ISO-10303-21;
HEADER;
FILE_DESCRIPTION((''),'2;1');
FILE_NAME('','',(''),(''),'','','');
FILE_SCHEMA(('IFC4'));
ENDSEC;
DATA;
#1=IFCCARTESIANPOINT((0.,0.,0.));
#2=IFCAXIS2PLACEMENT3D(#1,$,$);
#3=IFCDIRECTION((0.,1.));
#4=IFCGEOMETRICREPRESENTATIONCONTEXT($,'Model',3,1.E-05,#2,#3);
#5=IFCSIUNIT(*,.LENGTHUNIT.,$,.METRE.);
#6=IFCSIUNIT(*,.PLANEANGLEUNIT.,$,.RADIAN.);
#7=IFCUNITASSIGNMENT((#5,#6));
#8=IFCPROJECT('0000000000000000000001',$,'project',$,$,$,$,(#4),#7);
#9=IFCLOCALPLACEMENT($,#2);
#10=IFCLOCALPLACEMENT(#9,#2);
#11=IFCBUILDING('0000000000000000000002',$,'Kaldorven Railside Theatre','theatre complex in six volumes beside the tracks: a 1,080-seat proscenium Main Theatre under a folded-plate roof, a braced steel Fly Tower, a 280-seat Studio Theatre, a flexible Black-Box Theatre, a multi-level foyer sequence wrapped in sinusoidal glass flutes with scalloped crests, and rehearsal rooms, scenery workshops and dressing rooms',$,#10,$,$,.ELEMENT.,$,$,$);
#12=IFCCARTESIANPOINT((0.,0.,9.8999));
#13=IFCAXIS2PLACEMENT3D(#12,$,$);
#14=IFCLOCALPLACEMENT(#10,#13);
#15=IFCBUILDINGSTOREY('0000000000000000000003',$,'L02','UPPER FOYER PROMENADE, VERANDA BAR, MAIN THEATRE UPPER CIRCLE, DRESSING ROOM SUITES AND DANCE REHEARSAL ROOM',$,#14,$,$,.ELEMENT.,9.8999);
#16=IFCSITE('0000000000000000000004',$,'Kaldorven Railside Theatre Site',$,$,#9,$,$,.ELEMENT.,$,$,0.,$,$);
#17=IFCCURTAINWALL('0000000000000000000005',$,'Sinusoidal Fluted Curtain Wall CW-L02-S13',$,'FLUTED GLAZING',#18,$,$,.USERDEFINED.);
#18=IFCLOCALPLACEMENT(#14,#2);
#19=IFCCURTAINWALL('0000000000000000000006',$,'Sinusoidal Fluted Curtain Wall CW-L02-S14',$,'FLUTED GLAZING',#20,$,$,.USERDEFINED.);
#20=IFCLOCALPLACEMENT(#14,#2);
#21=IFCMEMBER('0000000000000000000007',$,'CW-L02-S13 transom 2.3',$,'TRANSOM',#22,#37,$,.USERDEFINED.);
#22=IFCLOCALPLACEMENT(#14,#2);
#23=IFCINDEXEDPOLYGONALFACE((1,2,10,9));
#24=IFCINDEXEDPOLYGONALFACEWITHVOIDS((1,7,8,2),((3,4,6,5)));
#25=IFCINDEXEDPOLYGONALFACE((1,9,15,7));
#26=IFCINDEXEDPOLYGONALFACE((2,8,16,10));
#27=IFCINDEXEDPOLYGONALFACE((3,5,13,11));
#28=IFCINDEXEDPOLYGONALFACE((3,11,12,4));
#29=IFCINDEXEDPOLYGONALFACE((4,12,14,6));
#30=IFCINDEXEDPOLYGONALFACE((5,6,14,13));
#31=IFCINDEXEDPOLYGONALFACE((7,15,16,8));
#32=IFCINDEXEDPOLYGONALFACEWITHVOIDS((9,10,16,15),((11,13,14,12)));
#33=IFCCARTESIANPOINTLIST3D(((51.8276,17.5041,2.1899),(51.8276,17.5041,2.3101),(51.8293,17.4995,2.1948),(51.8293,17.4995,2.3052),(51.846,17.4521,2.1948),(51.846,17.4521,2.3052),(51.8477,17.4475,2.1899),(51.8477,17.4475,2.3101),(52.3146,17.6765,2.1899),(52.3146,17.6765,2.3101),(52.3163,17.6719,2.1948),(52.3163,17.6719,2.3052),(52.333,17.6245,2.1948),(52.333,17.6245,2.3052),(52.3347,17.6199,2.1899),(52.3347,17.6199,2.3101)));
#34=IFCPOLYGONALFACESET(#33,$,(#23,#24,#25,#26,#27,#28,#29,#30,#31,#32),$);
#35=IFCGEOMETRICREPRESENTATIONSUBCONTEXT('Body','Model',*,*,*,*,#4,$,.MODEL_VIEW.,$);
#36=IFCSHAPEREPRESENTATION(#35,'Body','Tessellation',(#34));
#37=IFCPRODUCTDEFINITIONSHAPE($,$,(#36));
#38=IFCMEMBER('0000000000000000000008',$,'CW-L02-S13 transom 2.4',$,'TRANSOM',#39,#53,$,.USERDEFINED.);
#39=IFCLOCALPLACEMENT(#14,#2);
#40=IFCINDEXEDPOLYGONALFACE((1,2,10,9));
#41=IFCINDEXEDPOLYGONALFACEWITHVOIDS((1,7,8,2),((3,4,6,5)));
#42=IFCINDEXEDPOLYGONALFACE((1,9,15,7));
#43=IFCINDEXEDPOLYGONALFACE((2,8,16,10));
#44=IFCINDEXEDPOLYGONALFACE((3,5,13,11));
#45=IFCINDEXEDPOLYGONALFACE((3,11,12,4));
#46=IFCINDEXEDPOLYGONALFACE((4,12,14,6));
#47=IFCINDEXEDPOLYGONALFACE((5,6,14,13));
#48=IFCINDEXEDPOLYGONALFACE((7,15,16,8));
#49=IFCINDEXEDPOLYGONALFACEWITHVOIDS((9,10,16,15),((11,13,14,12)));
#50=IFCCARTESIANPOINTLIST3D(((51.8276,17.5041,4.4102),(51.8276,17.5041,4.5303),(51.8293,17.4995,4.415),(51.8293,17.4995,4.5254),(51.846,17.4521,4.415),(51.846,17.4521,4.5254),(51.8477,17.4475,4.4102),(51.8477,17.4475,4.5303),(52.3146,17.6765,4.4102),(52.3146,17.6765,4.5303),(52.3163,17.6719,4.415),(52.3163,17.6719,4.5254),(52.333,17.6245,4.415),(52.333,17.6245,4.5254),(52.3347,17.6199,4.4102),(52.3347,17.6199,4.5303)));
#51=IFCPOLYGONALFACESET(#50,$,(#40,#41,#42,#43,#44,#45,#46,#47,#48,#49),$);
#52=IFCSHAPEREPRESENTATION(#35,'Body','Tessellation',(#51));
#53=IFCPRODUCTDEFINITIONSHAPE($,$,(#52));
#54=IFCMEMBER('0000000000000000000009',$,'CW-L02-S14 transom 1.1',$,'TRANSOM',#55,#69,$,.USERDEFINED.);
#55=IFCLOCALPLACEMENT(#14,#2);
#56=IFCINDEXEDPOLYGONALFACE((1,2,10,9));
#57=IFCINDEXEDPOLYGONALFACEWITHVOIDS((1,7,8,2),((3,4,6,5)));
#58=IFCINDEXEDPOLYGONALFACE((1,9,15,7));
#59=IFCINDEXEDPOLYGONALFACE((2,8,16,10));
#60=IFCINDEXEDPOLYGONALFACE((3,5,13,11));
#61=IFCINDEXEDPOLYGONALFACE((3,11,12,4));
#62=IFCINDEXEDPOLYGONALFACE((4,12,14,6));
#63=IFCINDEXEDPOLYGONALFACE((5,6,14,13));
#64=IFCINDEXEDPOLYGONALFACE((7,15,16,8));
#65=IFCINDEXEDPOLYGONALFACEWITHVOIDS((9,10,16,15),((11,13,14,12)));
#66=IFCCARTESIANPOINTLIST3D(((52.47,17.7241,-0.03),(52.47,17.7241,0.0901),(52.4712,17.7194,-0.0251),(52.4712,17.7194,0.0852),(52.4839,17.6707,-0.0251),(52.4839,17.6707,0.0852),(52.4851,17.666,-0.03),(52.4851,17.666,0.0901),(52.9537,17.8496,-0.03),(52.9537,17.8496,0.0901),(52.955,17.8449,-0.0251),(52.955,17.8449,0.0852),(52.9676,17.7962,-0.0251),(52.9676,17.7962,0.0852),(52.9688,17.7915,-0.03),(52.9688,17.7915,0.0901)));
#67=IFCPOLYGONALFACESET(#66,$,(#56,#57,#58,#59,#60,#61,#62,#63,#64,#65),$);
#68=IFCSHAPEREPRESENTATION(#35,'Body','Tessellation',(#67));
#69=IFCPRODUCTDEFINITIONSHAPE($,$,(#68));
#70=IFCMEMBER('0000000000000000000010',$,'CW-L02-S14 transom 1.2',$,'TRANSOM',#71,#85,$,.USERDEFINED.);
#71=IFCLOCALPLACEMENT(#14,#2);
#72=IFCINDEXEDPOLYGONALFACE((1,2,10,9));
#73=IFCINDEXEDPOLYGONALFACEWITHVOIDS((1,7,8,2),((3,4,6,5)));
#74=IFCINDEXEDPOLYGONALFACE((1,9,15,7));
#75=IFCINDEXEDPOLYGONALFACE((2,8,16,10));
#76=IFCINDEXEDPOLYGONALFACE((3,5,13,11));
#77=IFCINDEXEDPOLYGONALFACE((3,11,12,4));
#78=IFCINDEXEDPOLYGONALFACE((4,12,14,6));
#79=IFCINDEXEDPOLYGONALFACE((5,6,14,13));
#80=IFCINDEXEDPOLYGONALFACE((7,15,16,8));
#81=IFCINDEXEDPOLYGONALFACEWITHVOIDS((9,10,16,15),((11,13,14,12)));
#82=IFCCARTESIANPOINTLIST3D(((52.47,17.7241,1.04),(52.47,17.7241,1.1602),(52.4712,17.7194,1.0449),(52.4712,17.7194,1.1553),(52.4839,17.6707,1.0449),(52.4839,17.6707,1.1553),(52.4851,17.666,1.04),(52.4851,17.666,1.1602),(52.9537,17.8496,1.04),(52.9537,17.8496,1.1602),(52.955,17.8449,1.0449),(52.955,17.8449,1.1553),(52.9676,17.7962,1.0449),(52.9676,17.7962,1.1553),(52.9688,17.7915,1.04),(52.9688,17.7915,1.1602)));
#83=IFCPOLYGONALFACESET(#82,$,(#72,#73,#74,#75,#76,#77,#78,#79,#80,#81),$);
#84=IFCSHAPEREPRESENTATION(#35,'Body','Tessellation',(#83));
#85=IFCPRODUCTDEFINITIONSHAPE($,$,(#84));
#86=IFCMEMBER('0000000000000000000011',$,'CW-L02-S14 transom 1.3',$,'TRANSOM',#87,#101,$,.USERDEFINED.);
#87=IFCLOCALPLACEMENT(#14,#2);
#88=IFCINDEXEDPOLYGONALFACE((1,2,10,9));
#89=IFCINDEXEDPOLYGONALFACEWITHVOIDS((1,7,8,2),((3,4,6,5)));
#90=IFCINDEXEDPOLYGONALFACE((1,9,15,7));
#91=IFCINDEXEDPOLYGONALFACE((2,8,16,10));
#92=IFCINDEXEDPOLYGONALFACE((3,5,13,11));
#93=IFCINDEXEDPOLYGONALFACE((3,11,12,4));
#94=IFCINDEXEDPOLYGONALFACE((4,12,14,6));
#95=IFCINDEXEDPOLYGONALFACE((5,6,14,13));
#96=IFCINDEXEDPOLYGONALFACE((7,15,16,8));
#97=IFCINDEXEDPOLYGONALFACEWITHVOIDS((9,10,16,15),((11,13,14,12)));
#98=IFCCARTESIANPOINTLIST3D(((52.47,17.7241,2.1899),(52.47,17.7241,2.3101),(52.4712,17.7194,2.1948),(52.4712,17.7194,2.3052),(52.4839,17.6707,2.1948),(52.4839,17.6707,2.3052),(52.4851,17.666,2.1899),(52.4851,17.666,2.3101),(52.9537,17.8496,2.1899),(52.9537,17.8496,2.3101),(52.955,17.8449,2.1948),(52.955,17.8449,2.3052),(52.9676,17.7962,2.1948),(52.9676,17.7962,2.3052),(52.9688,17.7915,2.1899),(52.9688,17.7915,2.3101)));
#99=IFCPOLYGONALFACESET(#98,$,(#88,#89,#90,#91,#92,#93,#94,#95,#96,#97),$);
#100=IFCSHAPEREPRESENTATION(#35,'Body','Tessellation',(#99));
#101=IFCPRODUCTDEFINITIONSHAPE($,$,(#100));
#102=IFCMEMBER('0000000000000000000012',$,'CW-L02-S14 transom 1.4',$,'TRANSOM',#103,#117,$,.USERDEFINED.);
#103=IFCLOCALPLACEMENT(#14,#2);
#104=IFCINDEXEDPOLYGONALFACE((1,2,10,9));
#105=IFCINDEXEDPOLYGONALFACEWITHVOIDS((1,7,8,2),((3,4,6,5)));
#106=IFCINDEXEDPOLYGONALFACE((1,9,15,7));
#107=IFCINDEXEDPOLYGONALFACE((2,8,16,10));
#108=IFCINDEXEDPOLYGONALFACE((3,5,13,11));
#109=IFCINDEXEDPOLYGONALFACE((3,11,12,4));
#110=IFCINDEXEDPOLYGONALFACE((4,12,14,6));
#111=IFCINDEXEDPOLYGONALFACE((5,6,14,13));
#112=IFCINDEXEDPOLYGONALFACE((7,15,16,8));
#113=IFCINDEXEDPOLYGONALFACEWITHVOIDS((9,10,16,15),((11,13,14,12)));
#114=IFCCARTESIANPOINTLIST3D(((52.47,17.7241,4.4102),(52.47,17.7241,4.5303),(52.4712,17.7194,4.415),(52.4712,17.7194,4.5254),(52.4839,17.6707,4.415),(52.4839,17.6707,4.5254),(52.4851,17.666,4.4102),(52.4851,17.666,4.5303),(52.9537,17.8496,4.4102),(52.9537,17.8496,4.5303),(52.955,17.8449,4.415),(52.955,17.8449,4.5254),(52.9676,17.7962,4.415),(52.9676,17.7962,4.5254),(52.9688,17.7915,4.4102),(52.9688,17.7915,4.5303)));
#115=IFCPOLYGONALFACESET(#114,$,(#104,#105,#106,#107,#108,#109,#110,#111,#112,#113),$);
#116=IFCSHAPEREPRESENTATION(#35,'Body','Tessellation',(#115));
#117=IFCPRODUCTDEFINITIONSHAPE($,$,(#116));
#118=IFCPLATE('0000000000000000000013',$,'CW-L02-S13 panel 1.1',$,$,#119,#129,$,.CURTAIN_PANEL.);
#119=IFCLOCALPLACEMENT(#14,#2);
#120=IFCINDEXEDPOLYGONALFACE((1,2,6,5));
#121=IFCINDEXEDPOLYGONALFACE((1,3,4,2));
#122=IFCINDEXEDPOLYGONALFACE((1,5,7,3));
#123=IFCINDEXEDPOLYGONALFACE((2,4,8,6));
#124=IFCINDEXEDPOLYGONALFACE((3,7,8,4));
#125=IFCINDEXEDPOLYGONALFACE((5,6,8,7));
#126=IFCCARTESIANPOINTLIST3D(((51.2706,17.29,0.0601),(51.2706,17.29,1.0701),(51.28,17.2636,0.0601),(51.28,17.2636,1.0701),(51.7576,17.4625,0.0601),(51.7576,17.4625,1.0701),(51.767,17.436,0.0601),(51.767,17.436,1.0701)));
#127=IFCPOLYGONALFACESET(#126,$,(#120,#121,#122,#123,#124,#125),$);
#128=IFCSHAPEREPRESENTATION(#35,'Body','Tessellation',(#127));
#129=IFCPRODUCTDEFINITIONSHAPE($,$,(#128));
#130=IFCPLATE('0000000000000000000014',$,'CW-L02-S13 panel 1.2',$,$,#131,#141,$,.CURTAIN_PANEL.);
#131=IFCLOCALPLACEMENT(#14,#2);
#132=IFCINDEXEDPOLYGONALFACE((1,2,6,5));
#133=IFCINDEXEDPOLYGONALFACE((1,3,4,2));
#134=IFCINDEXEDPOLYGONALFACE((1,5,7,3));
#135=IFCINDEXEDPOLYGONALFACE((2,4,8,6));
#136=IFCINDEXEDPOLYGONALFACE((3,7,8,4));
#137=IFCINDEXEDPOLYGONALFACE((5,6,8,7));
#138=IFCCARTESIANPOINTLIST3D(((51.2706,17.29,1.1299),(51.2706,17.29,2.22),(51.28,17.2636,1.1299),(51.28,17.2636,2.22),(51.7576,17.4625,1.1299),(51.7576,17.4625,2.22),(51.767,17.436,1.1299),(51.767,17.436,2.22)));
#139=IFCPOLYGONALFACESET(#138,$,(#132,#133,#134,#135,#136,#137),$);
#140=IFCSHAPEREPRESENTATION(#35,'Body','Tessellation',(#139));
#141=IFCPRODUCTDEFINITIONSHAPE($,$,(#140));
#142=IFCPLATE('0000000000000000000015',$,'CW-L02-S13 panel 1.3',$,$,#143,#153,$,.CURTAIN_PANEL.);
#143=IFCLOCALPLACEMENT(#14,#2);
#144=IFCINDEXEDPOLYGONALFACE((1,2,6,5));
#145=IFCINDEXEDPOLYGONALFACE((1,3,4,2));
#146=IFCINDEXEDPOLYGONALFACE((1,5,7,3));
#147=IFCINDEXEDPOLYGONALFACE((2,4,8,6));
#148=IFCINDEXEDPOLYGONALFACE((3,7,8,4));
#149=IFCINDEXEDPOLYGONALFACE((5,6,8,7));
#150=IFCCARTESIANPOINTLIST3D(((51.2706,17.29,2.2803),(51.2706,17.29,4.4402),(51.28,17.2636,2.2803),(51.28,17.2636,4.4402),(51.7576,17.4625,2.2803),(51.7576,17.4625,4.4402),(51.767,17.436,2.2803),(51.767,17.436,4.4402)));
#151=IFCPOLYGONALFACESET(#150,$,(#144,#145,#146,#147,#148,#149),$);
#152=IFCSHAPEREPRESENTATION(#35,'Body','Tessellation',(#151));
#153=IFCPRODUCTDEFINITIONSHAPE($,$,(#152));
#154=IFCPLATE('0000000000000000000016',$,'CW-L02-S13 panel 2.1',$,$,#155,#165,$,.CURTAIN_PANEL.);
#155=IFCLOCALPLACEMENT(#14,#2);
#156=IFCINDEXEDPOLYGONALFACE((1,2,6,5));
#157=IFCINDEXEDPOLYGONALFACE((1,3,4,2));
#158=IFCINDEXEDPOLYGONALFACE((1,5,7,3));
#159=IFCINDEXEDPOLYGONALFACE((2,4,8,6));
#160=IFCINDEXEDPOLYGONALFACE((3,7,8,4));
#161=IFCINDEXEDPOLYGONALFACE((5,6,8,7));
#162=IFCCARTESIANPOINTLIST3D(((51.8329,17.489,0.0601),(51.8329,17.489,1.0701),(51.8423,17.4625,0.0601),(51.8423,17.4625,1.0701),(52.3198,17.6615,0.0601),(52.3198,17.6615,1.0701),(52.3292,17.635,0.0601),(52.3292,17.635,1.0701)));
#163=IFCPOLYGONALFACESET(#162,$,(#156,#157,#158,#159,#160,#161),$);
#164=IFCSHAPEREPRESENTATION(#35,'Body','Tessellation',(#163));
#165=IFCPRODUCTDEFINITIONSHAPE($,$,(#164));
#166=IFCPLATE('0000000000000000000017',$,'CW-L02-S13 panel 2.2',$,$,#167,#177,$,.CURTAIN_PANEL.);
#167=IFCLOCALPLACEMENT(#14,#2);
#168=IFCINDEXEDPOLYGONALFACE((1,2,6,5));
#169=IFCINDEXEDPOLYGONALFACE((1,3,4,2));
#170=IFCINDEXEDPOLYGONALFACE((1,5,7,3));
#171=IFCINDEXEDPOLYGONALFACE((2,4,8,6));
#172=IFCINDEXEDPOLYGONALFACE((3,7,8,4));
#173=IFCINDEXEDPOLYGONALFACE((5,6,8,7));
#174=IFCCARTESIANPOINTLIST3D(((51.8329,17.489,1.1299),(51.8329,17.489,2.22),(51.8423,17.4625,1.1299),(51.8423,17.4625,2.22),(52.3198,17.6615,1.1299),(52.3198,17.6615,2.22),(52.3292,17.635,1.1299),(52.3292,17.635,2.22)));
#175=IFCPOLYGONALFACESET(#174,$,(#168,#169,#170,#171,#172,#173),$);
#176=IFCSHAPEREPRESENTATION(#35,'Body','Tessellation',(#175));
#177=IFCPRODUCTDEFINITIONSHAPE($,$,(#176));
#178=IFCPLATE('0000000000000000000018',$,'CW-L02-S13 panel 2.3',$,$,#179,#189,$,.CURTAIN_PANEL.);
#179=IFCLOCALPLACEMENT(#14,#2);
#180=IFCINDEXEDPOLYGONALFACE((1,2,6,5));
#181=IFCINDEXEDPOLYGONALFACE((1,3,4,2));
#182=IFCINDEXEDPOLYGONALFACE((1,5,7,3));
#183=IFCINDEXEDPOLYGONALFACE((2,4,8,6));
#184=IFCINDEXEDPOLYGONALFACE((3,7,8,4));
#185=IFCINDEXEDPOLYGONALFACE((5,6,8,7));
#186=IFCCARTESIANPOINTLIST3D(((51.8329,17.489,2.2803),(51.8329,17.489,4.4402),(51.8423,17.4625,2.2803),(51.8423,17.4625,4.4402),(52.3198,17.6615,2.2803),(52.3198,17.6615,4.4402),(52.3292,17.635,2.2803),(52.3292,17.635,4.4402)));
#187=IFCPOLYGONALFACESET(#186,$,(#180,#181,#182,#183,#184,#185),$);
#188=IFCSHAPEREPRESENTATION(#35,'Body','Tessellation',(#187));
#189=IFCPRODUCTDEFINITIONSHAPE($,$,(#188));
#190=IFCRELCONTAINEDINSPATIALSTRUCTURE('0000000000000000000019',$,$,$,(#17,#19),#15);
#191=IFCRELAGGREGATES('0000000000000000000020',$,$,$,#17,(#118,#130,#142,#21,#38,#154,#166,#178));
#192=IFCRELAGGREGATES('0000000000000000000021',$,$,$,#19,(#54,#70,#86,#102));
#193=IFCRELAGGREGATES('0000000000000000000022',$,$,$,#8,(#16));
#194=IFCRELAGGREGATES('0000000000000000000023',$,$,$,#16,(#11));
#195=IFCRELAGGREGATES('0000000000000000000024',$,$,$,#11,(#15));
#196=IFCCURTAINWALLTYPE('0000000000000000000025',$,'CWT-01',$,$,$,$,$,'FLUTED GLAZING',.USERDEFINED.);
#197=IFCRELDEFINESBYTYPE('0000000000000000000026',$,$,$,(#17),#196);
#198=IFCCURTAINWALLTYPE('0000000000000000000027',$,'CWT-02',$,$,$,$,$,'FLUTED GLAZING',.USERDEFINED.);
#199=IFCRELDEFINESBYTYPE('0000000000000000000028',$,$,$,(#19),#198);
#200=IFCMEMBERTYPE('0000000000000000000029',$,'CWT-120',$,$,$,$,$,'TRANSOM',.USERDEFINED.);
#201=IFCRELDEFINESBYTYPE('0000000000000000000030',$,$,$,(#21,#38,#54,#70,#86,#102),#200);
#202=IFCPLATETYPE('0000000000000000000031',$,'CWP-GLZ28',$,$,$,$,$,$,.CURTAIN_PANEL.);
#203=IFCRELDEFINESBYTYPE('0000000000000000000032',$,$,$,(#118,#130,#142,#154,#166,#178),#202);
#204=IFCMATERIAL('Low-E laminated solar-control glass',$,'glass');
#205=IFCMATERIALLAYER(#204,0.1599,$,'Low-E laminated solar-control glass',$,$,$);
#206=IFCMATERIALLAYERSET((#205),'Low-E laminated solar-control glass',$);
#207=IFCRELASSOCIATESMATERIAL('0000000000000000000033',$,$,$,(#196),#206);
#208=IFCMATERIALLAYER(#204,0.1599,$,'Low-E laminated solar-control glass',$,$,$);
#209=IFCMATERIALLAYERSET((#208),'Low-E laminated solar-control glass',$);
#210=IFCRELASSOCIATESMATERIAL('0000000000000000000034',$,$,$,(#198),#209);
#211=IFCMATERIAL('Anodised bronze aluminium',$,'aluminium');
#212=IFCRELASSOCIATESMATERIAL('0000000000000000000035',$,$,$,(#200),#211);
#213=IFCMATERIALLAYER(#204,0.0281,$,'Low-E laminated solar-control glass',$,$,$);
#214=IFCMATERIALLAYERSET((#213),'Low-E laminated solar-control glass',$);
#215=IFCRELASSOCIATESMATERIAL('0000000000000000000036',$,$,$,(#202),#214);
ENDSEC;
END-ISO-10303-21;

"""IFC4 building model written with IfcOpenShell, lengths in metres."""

from ifc_helpers import new_model, si_unit, direction, frame, origin, origin_2d, place, context, subcontext, project, spatial, rectangle, hollow_rectangle, extrude, material, layer, layer_set, material_profile, profile_set, type_object, element, aggregate, save


model = new_model("IFC4")

# Units and contexts
model_context = context("Model", 3, precision=1e-05, world=origin(), true_north=direction((0.0, 1.0)))
body_context = subcontext(model_context, "Body", "Model", "MODEL_VIEW")
ifc_project = project(units=[si_unit("LENGTHUNIT", "METRE"), si_unit("PLANEANGLEUNIT", "RADIAN")], contexts=[model_context])

# Site, building, storey
site_placement = place(None, origin())
site = spatial("IfcSite", under=ifc_project, at=site_placement, Name="Kaldorven Railside Theatre Site", CompositionType="ELEMENT", RefElevation=0.0)
building_placement = place(site_placement, origin())
building = spatial("IfcBuilding", under=site, at=building_placement, Name="Kaldorven Railside Theatre", Description="theatre complex in six volumes beside the tracks: a 1,080-seat proscenium Main Theatre under a folded-plate roof, a braced steel Fly Tower, a 280-seat Studio Theatre, a flexible Black-Box Theatre, a multi-level foyer sequence wrapped in sinusoidal glass flutes with scalloped crests, and rehearsal rooms, scenery workshops and dressing rooms", CompositionType="ELEMENT")
storey_placement = place(building_placement, frame((0.0, 0.0, 9.8999)))
storey = spatial("IfcBuildingStorey", under=building, at=storey_placement, Name="L02", Description="UPPER FOYER PROMENADE, VERANDA BAR, MAIN THEATRE UPPER CIRCLE, DRESSING ROOM SUITES AND DANCE REHEARSAL ROOM", CompositionType="ELEMENT", Elevation=9.8999)

# Curtain wall
ifc_material_1 = material(Name="Low-E laminated solar-control glass", Category="glass")
ifc_layer_1 = layer(ifc_material_1, 0.1599, Name="Low-E laminated solar-control glass")
ifc_layer_set_1 = layer_set([ifc_layer_1], Name="Low-E laminated solar-control glass")
curtain_wall_type_1 = type_object("IfcCurtainWallType", Name="CWT-01", ElementType="FLUTED GLAZING", PredefinedType="USERDEFINED", material=ifc_layer_set_1)
curtain_wall_1_placement = place(storey_placement, origin())
curtain_wall_1 = element("IfcCurtainWall", 1, at=curtain_wall_1_placement, inside=storey, type_object=curtain_wall_type_1, Name="Sinusoidal Fluted Curtain Wall CW-L02-S13", ObjectType="FLUTED GLAZING", PredefinedType="USERDEFINED")
ifc_material_2 = material(Name="Anodised bronze aluminium", Category="aluminium")

# Curtain wall
ifc_layer_2 = layer(ifc_material_1, 0.1599, Name="Low-E laminated solar-control glass")
ifc_layer_set_2 = layer_set([ifc_layer_2], Name="Low-E laminated solar-control glass")
curtain_wall_type_2 = type_object("IfcCurtainWallType", Name="CWT-02", ElementType="FLUTED GLAZING", PredefinedType="USERDEFINED", material=ifc_layer_set_2)
curtain_wall_2_placement = place(storey_placement, origin())
curtain_wall_2 = element("IfcCurtainWall", 2, at=curtain_wall_2_placement, inside=storey, type_object=curtain_wall_type_2, Name="Sinusoidal Fluted Curtain Wall CW-L02-S14", ObjectType="FLUTED GLAZING", PredefinedType="USERDEFINED")

# Members
ifc_material_profile_1 = material_profile(ifc_material_2, hollow_rectangle(XDim=0.0601, YDim=0.1201, WallThickness=0.0049, at=origin_2d()), Name="RHS 120x60x5")
ifc_profile_set_1 = profile_set([ifc_material_profile_1], Name="Anodised bronze aluminium")
member_type_1 = type_object("IfcMemberType", Name="CWT-120", ElementType="TRANSOM", PredefinedType="USERDEFINED", material=ifc_profile_set_1)
member_1_placement = place(storey_placement, frame((51.8376, 17.4758, 2.25), z_axis=(0.942711, 0.333611, 0.0), x_axis=(-0.333611, 0.942711, 0.0)))
member_1 = element("IfcMember", 3, at=member_1_placement, type_object=member_type_1, Name="CW-L02-S13 transom 2.3", ObjectType="TRANSOM", PredefinedType="USERDEFINED", context=body_context, shape_type="SweptSolid", body=[
    extrude(hollow_rectangle(XDim=0.0601, YDim=0.1201, WallThickness=0.0049, at=origin_2d()), origin(), (0.0, 0.0, 1.0), 0.5166),
])
member_2_placement = place(storey_placement, frame((51.8376, 17.4758, 4.4702), z_axis=(0.942711, 0.333611, 0.0), x_axis=(-0.333611, 0.942711, 0.0)))
member_2 = element("IfcMember", 4, at=member_2_placement, type_object=member_type_1, Name="CW-L02-S13 transom 2.4", ObjectType="TRANSOM", PredefinedType="USERDEFINED", context=body_context, shape_type="SweptSolid", body=[
    extrude(hollow_rectangle(XDim=0.0601, YDim=0.1201, WallThickness=0.0049, at=origin_2d()), origin(), (0.0, 0.0, 1.0), 0.5166),
])
member_3_placement = place(storey_placement, frame((52.4775, 17.6951, 0.03), z_axis=(0.967949, 0.251149, 0.0), x_axis=(-0.251149, 0.967949, 0.0)))
member_3 = element("IfcMember", 5, at=member_3_placement, type_object=member_type_1, Name="CW-L02-S14 transom 1.1", ObjectType="TRANSOM", PredefinedType="USERDEFINED", context=body_context, shape_type="SweptSolid", body=[
    extrude(hollow_rectangle(XDim=0.0601, YDim=0.1201, WallThickness=0.0049, at=origin_2d()), origin(), (0.0, 0.0, 1.0), 0.4998),
])
member_4_placement = place(storey_placement, frame((52.4775, 17.6951, 1.1001), z_axis=(0.967949, 0.251149, 0.0), x_axis=(-0.251149, 0.967949, 0.0)))
member_4 = element("IfcMember", 6, at=member_4_placement, type_object=member_type_1, Name="CW-L02-S14 transom 1.2", ObjectType="TRANSOM", PredefinedType="USERDEFINED", context=body_context, shape_type="SweptSolid", body=[
    extrude(hollow_rectangle(XDim=0.0601, YDim=0.1201, WallThickness=0.0049, at=origin_2d()), origin(), (0.0, 0.0, 1.0), 0.4998),
])
member_5_placement = place(storey_placement, frame((52.4775, 17.6951, 2.25), z_axis=(0.967949, 0.251149, 0.0), x_axis=(-0.251149, 0.967949, 0.0)))
member_5 = element("IfcMember", 7, at=member_5_placement, type_object=member_type_1, Name="CW-L02-S14 transom 1.3", ObjectType="TRANSOM", PredefinedType="USERDEFINED", context=body_context, shape_type="SweptSolid", body=[
    extrude(hollow_rectangle(XDim=0.0601, YDim=0.1201, WallThickness=0.0049, at=origin_2d()), origin(), (0.0, 0.0, 1.0), 0.4998),
])
member_6_placement = place(storey_placement, frame((52.4775, 17.6951, 4.4702), z_axis=(0.967949, 0.251149, 0.0), x_axis=(-0.251149, 0.967949, 0.0)))
member_6 = element("IfcMember", 8, at=member_6_placement, type_object=member_type_1, Name="CW-L02-S14 transom 1.4", ObjectType="TRANSOM", PredefinedType="USERDEFINED", context=body_context, shape_type="SweptSolid", body=[
    extrude(hollow_rectangle(XDim=0.0601, YDim=0.1201, WallThickness=0.0049, at=origin_2d()), origin(), (0.0, 0.0, 1.0), 0.4998),
])

# Plates
ifc_layer_3 = layer(ifc_material_1, 0.0281, Name="Low-E laminated solar-control glass")
ifc_layer_set_3 = layer_set([ifc_layer_3], Name="Low-E laminated solar-control glass")
plate_type = type_object("IfcPlateType", Name="CWP-GLZ28", PredefinedType="CURTAIN_PANEL", material=ifc_layer_set_3)
plate_1_placement = place(storey_placement, frame((51.5188, 17.363, 0.0601), z_axis=(0.0, 0.0, 1.0), x_axis=(0.942627, 0.333847, 0.0)))
plate_1 = element("IfcPlate", 9, at=plate_1_placement, type_object=plate_type, Name="CW-L02-S13 panel 1.1", PredefinedType="CURTAIN_PANEL", context=body_context, shape_type="SweptSolid", body=[
    extrude(rectangle(XDim=0.5166, YDim=0.0281, at=origin_2d()), origin(), (0.0, 0.0, 1.0), 1.01),
])
plate_2_placement = place(storey_placement, frame((51.5188, 17.363, 1.1299), z_axis=(0.0, 0.0, 1.0), x_axis=(0.942627, 0.333847, 0.0)))
plate_2 = element("IfcPlate", 10, at=plate_2_placement, type_object=plate_type, Name="CW-L02-S13 panel 1.2", PredefinedType="CURTAIN_PANEL", context=body_context, shape_type="SweptSolid", body=[
    extrude(rectangle(XDim=0.5166, YDim=0.0281, at=origin_2d()), origin(), (0.0, 0.0, 1.0), 1.0901),
])
plate_3_placement = place(storey_placement, frame((51.5188, 17.363, 2.2803), z_axis=(0.0, 0.0, 1.0), x_axis=(0.942627, 0.333847, 0.0)))
plate_3 = element("IfcPlate", 11, at=plate_3_placement, type_object=plate_type, Name="CW-L02-S13 panel 1.3", PredefinedType="CURTAIN_PANEL", context=body_context, shape_type="SweptSolid", body=[
    extrude(rectangle(XDim=0.5166, YDim=0.0281, at=origin_2d()), origin(), (0.0, 0.0, 1.0), 2.1599),
])
plate_4_placement = place(storey_placement, frame((52.0811, 17.562, 0.0601), z_axis=(0.0, 0.0, 1.0), x_axis=(0.942627, 0.333847, 0.0)))
plate_4 = element("IfcPlate", 12, at=plate_4_placement, type_object=plate_type, Name="CW-L02-S13 panel 2.1", PredefinedType="CURTAIN_PANEL", context=body_context, shape_type="SweptSolid", body=[
    extrude(rectangle(XDim=0.5166, YDim=0.0281, at=origin_2d()), origin(), (0.0, 0.0, 1.0), 1.01),
])
plate_5_placement = place(storey_placement, frame((52.0811, 17.562, 1.1299), z_axis=(0.0, 0.0, 1.0), x_axis=(0.942627, 0.333847, 0.0)))
plate_5 = element("IfcPlate", 13, at=plate_5_placement, type_object=plate_type, Name="CW-L02-S13 panel 2.2", PredefinedType="CURTAIN_PANEL", context=body_context, shape_type="SweptSolid", body=[
    extrude(rectangle(XDim=0.5166, YDim=0.0281, at=origin_2d()), origin(), (0.0, 0.0, 1.0), 1.0901),
])
plate_6_placement = place(storey_placement, frame((52.0811, 17.562, 2.2803), z_axis=(0.0, 0.0, 1.0), x_axis=(0.942627, 0.333847, 0.0)))
plate_6 = element("IfcPlate", 14, at=plate_6_placement, type_object=plate_type, Name="CW-L02-S13 panel 2.3", PredefinedType="CURTAIN_PANEL", context=body_context, shape_type="SweptSolid", body=[
    extrude(rectangle(XDim=0.5166, YDim=0.0281, at=origin_2d()), origin(), (0.0, 0.0, 1.0), 2.1599),
])
aggregate(curtain_wall_1, [plate_1, plate_2, plate_3, member_1, member_2, plate_4, plate_5, plate_6])
aggregate(curtain_wall_2, [member_3, member_4, member_5, member_6])

save(model, "model.ifc")
